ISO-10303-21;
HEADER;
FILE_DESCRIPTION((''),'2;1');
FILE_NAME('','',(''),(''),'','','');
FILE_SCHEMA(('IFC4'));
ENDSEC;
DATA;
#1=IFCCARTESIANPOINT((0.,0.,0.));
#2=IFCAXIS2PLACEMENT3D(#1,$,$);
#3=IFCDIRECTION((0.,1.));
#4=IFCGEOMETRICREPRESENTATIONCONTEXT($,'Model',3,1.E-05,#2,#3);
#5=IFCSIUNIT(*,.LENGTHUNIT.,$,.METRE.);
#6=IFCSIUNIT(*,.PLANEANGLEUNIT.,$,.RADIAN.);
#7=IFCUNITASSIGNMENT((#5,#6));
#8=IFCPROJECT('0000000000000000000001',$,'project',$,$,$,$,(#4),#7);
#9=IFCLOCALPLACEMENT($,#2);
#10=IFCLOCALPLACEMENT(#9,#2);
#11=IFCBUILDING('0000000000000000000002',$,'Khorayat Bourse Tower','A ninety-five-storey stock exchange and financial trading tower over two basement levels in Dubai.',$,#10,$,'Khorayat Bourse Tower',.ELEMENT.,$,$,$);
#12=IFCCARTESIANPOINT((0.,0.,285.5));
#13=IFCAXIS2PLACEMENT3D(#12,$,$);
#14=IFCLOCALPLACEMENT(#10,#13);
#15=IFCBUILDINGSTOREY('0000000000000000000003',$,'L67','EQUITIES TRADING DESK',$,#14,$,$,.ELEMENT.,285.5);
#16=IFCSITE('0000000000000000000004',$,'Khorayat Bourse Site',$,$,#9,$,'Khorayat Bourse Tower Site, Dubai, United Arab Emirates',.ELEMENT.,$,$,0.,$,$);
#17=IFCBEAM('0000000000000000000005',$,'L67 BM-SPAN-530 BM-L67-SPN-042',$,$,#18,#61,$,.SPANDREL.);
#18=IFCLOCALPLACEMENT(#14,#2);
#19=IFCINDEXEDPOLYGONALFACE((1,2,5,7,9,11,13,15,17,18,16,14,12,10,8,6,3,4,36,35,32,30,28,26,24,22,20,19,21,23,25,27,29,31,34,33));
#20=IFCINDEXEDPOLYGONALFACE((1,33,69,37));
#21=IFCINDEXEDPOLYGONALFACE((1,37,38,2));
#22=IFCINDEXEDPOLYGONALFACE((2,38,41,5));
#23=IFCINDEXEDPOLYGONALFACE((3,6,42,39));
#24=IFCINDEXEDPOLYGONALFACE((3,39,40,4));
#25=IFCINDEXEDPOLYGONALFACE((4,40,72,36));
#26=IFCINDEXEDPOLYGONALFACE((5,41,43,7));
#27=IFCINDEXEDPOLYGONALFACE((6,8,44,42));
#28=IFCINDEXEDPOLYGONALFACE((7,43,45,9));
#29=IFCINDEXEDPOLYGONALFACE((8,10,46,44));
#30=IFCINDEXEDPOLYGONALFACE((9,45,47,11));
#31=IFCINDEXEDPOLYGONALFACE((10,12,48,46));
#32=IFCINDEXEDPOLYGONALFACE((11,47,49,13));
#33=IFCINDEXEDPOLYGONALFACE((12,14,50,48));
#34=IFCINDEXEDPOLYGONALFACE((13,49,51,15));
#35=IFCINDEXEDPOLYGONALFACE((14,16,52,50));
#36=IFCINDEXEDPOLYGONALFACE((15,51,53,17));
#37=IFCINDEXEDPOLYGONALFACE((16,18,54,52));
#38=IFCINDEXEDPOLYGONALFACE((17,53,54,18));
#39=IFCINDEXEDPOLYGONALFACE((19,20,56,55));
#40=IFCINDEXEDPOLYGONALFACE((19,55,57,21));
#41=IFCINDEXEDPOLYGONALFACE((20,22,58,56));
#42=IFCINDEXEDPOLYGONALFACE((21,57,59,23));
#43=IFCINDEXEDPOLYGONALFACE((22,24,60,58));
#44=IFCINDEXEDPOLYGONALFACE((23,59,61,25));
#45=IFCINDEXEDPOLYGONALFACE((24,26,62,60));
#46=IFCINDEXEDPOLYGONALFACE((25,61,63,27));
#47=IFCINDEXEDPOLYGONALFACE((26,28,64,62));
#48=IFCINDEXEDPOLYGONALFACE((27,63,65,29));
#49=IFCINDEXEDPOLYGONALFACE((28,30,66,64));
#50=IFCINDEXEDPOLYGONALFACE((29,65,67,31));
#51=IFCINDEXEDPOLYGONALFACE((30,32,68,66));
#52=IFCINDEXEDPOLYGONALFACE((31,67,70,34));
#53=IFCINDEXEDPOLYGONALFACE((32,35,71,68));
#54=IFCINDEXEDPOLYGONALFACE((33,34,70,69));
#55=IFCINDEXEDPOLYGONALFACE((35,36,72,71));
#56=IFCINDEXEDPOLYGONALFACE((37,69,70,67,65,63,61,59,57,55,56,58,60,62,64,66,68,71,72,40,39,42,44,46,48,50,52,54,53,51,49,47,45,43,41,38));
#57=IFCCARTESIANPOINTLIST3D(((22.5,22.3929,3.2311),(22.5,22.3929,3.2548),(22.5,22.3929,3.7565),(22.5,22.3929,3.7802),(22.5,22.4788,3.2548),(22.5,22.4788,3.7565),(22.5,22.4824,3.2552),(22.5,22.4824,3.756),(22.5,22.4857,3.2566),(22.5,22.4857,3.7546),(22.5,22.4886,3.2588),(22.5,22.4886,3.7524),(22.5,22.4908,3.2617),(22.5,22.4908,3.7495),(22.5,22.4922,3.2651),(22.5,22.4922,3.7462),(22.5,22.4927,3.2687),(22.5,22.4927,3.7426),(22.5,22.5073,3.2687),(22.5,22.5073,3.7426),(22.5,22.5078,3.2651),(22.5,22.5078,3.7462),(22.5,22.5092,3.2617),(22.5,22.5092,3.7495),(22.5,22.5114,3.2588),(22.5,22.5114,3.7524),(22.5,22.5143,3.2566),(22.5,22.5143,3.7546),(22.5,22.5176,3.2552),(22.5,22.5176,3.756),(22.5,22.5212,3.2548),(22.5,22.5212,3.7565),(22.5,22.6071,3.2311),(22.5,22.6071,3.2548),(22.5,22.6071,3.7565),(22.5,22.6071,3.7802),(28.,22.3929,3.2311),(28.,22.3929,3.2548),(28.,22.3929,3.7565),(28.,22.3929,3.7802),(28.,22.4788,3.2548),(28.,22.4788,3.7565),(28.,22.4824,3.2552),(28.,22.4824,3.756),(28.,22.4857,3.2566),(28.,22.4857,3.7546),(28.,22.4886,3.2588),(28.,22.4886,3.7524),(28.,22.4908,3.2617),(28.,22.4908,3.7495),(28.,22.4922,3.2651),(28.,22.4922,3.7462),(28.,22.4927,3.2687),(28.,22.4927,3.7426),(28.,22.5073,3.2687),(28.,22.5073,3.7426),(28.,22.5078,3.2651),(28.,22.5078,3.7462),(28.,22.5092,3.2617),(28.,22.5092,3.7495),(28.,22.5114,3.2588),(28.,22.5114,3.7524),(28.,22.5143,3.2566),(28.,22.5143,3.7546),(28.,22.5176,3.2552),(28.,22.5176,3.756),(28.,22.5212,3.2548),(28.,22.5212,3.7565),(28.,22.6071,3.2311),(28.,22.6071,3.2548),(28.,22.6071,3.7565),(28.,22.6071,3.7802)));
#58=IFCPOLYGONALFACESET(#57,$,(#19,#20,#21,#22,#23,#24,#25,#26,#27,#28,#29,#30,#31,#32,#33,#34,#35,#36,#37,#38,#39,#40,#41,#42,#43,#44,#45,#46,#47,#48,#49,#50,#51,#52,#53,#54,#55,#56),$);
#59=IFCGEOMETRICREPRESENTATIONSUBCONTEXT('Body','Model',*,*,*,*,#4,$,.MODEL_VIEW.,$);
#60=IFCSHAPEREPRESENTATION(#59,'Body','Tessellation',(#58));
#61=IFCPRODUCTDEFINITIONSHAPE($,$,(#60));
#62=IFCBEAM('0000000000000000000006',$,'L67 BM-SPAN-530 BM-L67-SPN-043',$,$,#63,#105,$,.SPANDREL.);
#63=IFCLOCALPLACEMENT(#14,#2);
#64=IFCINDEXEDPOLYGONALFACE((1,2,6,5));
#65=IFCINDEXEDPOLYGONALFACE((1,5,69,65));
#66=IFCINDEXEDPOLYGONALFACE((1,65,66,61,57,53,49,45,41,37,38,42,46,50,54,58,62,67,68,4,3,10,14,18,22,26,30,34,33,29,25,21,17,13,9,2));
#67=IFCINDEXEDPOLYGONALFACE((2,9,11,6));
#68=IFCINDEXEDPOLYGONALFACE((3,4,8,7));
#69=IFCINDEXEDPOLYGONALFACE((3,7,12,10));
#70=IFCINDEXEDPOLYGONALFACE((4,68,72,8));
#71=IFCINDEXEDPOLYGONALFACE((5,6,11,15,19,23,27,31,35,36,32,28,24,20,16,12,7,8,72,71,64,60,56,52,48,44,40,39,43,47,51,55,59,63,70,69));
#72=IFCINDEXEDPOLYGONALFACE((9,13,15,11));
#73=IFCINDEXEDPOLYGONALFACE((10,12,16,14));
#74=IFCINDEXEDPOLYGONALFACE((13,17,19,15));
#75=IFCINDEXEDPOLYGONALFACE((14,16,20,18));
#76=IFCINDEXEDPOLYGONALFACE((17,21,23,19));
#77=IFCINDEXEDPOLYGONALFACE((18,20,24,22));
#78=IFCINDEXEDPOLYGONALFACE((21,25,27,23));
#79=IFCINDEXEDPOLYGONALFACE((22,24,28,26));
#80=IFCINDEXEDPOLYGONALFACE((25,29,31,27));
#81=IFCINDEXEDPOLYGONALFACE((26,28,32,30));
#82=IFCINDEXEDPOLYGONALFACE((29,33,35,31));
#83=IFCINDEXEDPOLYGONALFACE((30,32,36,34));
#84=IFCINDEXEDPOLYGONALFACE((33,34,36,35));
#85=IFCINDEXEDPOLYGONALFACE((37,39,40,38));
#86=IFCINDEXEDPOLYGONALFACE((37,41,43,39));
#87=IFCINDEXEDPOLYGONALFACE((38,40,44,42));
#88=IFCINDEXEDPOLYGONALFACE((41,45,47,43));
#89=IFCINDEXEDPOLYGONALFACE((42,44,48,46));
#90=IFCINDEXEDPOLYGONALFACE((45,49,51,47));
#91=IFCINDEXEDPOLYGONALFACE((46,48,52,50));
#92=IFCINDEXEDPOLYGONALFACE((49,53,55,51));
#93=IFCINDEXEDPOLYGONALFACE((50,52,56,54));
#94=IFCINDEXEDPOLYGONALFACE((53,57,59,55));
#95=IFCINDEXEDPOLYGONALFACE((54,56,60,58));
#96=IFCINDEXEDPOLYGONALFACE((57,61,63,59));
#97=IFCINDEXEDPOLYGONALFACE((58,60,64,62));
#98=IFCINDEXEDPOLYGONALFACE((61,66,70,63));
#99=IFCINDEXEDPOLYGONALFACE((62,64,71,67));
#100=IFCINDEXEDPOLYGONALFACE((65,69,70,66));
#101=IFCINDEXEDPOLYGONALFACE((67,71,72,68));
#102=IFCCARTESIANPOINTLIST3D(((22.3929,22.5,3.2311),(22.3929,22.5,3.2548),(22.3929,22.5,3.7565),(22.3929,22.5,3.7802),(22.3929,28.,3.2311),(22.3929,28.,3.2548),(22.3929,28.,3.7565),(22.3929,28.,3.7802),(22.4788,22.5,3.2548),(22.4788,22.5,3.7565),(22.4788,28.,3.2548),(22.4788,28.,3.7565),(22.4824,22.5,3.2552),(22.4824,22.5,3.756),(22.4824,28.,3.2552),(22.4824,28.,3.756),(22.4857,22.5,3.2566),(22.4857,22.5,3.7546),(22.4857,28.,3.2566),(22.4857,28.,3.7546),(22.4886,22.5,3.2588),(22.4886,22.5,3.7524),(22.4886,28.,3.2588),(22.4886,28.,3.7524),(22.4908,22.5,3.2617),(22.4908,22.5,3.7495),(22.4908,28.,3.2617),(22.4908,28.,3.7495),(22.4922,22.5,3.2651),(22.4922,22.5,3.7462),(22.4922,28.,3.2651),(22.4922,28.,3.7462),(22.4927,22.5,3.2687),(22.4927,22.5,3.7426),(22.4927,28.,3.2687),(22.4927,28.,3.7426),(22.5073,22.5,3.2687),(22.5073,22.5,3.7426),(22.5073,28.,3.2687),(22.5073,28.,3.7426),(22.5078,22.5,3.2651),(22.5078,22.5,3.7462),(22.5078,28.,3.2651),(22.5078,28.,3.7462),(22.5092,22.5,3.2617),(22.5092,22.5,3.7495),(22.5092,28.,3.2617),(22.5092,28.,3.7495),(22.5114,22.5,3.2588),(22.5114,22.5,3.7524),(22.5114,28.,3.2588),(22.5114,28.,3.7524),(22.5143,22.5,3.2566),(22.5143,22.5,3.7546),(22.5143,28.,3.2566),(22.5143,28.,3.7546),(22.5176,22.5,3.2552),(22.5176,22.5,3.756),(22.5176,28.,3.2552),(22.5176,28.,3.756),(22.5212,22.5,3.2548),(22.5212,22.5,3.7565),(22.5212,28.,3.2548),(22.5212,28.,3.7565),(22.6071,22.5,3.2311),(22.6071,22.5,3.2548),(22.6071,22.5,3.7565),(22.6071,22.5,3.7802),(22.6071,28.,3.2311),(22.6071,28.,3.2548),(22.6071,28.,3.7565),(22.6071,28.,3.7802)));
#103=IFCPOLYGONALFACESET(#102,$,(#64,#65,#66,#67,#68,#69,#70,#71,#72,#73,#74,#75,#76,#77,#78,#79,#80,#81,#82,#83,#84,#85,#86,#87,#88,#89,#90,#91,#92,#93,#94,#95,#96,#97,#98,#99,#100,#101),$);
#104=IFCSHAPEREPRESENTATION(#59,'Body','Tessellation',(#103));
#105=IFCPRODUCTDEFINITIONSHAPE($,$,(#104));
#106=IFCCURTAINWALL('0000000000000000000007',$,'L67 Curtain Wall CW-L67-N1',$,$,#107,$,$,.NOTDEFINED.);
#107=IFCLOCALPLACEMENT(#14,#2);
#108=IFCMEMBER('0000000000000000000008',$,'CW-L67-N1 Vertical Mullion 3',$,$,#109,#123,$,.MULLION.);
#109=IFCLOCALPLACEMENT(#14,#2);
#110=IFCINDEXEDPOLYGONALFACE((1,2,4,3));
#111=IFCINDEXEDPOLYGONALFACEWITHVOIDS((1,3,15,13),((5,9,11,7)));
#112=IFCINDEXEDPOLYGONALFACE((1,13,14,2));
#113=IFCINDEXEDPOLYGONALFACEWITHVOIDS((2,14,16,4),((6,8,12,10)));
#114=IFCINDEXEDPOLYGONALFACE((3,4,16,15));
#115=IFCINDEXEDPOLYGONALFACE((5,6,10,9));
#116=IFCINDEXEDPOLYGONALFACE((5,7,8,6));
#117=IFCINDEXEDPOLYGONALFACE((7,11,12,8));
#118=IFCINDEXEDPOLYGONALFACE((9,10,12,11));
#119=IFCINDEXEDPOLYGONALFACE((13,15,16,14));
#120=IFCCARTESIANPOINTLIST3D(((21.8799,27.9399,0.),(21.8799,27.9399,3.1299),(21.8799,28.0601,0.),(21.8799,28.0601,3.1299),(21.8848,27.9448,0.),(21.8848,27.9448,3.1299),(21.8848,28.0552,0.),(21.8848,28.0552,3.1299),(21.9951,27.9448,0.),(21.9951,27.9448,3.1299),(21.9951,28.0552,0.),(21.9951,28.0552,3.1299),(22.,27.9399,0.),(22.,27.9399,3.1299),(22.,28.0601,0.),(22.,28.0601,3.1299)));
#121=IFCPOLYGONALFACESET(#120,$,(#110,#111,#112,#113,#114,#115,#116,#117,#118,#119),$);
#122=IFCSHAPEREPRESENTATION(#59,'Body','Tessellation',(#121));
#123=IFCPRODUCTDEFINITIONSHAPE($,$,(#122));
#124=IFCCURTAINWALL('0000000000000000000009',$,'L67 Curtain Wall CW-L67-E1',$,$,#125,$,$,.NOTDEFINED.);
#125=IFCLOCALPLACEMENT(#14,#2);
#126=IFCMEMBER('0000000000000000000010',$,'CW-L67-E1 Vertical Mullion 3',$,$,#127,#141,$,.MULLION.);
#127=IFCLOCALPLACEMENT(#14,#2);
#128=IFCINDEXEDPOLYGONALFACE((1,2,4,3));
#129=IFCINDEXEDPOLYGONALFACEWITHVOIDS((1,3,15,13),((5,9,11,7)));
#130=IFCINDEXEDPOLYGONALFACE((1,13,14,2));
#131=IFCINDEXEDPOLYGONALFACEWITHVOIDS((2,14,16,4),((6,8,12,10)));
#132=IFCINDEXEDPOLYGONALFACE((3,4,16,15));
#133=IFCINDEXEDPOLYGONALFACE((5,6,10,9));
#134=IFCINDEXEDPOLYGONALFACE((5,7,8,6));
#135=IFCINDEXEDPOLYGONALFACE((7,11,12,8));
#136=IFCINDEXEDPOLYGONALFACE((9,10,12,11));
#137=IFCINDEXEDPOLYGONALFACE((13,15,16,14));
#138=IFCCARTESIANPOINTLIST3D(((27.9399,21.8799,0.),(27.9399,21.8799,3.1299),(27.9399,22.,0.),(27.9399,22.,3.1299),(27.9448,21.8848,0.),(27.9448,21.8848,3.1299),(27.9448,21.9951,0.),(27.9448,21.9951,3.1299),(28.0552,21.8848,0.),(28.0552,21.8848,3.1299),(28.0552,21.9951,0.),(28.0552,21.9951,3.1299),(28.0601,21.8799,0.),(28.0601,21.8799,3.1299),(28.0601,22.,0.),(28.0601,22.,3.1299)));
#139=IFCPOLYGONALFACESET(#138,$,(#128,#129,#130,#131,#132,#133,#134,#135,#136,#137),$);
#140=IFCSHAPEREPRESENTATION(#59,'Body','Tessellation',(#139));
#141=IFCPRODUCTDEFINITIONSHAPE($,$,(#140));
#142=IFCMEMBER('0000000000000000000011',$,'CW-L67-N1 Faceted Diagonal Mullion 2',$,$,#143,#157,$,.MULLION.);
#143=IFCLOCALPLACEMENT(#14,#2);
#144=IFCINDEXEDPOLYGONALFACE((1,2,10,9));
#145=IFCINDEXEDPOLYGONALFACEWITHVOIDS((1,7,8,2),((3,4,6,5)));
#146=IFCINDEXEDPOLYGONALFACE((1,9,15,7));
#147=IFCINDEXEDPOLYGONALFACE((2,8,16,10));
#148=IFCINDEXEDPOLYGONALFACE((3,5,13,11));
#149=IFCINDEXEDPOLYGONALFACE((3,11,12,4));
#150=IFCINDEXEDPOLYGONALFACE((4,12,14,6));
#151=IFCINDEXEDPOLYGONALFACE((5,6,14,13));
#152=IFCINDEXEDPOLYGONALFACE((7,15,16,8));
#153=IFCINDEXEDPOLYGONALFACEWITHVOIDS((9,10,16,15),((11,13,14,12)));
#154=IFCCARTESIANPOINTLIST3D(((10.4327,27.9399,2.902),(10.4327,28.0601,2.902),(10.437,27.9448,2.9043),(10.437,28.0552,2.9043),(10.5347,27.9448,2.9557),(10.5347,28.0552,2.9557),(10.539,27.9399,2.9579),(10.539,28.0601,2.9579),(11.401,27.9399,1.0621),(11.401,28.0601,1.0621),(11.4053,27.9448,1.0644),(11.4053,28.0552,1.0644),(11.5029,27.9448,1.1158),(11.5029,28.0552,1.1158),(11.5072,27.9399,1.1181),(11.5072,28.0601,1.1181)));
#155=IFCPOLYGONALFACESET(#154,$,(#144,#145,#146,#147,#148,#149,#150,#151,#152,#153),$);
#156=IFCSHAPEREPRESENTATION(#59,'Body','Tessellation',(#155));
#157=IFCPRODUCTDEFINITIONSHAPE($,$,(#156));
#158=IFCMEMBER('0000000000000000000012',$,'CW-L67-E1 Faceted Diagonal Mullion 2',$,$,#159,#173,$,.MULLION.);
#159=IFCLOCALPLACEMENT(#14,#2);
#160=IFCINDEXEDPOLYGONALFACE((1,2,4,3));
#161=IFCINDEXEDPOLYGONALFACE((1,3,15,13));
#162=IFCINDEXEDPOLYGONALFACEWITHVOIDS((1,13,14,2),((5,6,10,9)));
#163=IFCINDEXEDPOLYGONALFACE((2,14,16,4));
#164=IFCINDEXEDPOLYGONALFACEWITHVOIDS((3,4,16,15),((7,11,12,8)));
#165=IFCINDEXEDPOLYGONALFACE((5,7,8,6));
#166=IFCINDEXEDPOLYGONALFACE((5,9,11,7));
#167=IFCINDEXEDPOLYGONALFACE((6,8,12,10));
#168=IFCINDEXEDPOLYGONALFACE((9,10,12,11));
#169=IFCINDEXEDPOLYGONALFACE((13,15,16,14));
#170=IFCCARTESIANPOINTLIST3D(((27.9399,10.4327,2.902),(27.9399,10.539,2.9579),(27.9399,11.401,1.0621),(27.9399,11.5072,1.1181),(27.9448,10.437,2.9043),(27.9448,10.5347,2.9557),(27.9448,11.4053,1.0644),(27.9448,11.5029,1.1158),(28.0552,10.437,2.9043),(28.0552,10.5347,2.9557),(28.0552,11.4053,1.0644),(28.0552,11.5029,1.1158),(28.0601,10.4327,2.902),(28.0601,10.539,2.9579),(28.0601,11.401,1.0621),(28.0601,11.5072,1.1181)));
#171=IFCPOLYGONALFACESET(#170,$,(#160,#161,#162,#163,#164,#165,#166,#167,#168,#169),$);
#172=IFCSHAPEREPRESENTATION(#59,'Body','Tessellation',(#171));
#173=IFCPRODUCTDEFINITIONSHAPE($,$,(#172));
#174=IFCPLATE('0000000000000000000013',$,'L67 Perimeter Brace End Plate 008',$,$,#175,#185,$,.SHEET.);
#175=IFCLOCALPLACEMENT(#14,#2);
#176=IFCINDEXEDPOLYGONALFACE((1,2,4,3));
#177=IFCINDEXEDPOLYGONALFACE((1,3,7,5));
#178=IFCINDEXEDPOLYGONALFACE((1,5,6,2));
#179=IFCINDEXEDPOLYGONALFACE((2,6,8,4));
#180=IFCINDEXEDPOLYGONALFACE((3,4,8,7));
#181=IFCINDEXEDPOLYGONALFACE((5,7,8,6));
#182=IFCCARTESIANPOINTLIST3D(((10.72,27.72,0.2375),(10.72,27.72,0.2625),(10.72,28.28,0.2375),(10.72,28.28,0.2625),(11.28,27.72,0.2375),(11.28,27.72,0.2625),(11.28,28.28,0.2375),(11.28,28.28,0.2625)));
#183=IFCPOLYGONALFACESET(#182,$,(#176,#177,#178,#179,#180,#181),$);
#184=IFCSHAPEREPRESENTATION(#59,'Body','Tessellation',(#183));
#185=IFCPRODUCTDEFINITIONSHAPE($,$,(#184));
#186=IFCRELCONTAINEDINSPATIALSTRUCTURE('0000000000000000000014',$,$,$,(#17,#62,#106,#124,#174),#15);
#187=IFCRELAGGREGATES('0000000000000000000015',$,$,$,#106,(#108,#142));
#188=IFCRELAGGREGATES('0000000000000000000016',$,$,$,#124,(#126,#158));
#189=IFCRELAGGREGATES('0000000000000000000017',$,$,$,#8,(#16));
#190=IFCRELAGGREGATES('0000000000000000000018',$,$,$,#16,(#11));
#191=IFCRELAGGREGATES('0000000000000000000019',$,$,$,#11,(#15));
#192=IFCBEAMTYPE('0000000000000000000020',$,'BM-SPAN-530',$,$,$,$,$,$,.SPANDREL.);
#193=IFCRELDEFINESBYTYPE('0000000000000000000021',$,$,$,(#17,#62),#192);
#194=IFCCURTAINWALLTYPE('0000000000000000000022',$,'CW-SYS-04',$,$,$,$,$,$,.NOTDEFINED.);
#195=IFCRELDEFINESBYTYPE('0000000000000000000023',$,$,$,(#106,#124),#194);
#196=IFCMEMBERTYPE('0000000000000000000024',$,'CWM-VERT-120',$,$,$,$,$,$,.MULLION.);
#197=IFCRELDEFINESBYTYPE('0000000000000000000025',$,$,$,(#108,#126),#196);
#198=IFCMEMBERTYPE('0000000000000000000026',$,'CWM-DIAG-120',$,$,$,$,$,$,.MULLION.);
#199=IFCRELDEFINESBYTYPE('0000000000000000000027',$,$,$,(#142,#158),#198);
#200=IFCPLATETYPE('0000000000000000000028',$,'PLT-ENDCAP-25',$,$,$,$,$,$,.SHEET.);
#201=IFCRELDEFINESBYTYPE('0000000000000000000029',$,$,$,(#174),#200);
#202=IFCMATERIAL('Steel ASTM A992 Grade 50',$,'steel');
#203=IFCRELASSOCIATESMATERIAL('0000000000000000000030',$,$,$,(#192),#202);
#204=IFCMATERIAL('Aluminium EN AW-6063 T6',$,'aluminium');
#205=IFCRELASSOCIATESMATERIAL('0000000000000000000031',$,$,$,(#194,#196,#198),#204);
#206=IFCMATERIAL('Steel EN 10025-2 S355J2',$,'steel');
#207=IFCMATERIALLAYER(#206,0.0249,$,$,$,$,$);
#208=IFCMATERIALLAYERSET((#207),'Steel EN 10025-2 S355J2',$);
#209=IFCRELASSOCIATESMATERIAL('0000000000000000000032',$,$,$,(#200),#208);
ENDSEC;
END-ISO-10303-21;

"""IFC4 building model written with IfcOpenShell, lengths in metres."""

from ifc_helpers import new_model, si_unit, direction, frame, origin, origin_2d, place, context, subcontext, project, spatial, rectangle, hollow_rectangle, i_section, extrude, source, transform, mapped, material, layer, layer_set, material_profile, profile_set, type_object, element, aggregate, save


model = new_model("IFC4")

# Units and contexts
model_context = context("Model", 3, precision=1e-05, world=origin(), true_north=direction((0.0, 1.0)))
body_context = subcontext(model_context, "Body", "Model", "MODEL_VIEW")
ifc_project = project(units=[si_unit("LENGTHUNIT", "METRE"), si_unit("PLANEANGLEUNIT", "RADIAN")], contexts=[model_context])

# Site, building, storey
site_placement = place(None, origin())
site = spatial("IfcSite", under=ifc_project, at=site_placement, Name="Khorayat Bourse Site", LongName="Khorayat Bourse Tower Site, Dubai, United Arab Emirates", CompositionType="ELEMENT", RefElevation=0.0)
building_placement = place(site_placement, origin())
building = spatial("IfcBuilding", under=site, at=building_placement, Name="Khorayat Bourse Tower", Description="A ninety-five-storey stock exchange and financial trading tower over two basement levels in Dubai.", LongName="Khorayat Bourse Tower", CompositionType="ELEMENT")
storey_placement = place(building_placement, frame((0.0, 0.0, 285.5)))
storey = spatial("IfcBuildingStorey", under=building, at=storey_placement, Name="L67", Description="EQUITIES TRADING DESK", CompositionType="ELEMENT", Elevation=285.5)

# Beams
ifc_material_1 = material(Name="Steel ASTM A992 Grade 50", Category="steel")
ifc_material_profile_1 = material_profile(ifc_material_1, i_section(OverallWidth=0.2141, OverallDepth=0.5491, WebThickness=0.0146, FlangeThickness=0.0237, FilletRadius=0.0139, at=origin_2d()), Name="W530X138")
ifc_profile_set_1 = profile_set([ifc_material_profile_1], Name="Steel ASTM A992 Grade 50")
beam_type_1 = type_object("IfcBeamType", Name="BM-SPAN-530", PredefinedType="SPANDREL", material=ifc_profile_set_1)
shared_shape_1 = source(origin(), body_context, "Body", "SweptSolid", [
    extrude(i_section(OverallWidth=0.2141, OverallDepth=0.5491, WebThickness=0.0146, FlangeThickness=0.0237, FilletRadius=0.0139, at=origin_2d()), origin(), (0.0, 0.0, 1.0), 5.5),
])
for number, where, z_axis, x_axis, name in (
    (1, (22.5, 22.5, 3.5056), (1.0, 0.0, 0.0), (0.0, 1.0, 0.0), "L67 BM-SPAN-530 BM-L67-SPN-042"),
    (2, (22.5, 22.5, 3.5056), (0.0, 1.0, 0.0), (-1.0, 0.0, 0.0), "L67 BM-SPAN-530 BM-L67-SPN-043"),
):
    element("IfcBeam", number, at=place(storey_placement, frame(where, z_axis=z_axis, x_axis=x_axis)), inside=storey, type_object=beam_type_1, Name=name, PredefinedType="SPANDREL", context=body_context, shape_type="MappedRepresentation", body=[
        mapped(shared_shape_1, transform((0.0, 0.0, 0.0), scale=1.0)),
    ])

# Curtain walls, members
ifc_material_2 = material(Name="Aluminium EN AW-6063 T6", Category="aluminium")
curtain_wall_type = type_object("IfcCurtainWallType", Name="CW-SYS-04", PredefinedType="NOTDEFINED", material=ifc_material_2)
curtain_wall_1_placement = place(storey_placement, origin())
curtain_wall_1 = element("IfcCurtainWall", 3, at=curtain_wall_1_placement, inside=storey, type_object=curtain_wall_type, Name="L67 Curtain Wall CW-L67-N1", PredefinedType="NOTDEFINED")
ifc_material_profile_2 = material_profile(ifc_material_2, hollow_rectangle(XDim=0.1201, YDim=0.1201, WallThickness=0.0049, at=origin_2d()), Name="ALU 120x120x5")
ifc_profile_set_2 = profile_set([ifc_material_profile_2], Name="Aluminium EN AW-6063 T6")
member_type_1 = type_object("IfcMemberType", Name="CWM-VERT-120", PredefinedType="MULLION", material=ifc_profile_set_2)
shared_shape_2 = source(origin(), body_context, "Body", "SweptSolid", [
    extrude(hollow_rectangle(XDim=0.1201, YDim=0.1201, WallThickness=0.0049, at=origin_2d()), origin(), (0.0, 0.0, 1.0), 3.1299),
])
member_1_placement = place(storey_placement, frame((21.9399, 28.0, 0.0), z_axis=(0.0, 0.0, 1.0), x_axis=(0.0, 1.0, 0.0)))
member_1 = element("IfcMember", 4, at=member_1_placement, type_object=member_type_1, Name="CW-L67-N1 Vertical Mullion 3", PredefinedType="MULLION", context=body_context, shape_type="MappedRepresentation", body=[
    mapped(shared_shape_2, transform((0.0, 0.0, 0.0), scale=1.0)),
])
curtain_wall_2_placement = place(storey_placement, origin())
curtain_wall_2 = element("IfcCurtainWall", 5, at=curtain_wall_2_placement, inside=storey, type_object=curtain_wall_type, Name="L67 Curtain Wall CW-L67-E1", PredefinedType="NOTDEFINED")
member_2_placement = place(storey_placement, frame((28.0, 21.9399, 0.0), z_axis=(0.0, 0.0, 1.0), x_axis=(-1.0, 0.0, 0.0)))
member_2 = element("IfcMember", 6, at=member_2_placement, type_object=member_type_1, Name="CW-L67-E1 Vertical Mullion 3", PredefinedType="MULLION", context=body_context, shape_type="MappedRepresentation", body=[
    mapped(shared_shape_2, transform((0.0, 0.0, 0.0), scale=1.0)),
])

# Members
ifc_material_profile_3 = material_profile(ifc_material_2, hollow_rectangle(XDim=0.1201, YDim=0.1201, WallThickness=0.0049, at=origin_2d()), Name="ALU 120x120x5")
ifc_profile_set_3 = profile_set([ifc_material_profile_3], Name="Aluminium EN AW-6063 T6")
member_type_2 = type_object("IfcMemberType", Name="CWM-DIAG-120", PredefinedType="MULLION", material=ifc_profile_set_3)
shared_shape_3 = source(origin(), body_context, "Body", "SweptSolid", [
    extrude(hollow_rectangle(XDim=0.1201, YDim=0.1201, WallThickness=0.0049, at=origin_2d()), origin(), (0.0, 0.0, 1.0), 2.0791),
])
member_3_placement = place(storey_placement, frame((11.4541, 28.0, 1.0901), z_axis=(-0.465717, 0.0, 0.884934), x_axis=(0.0, -1.0, 0.0)))
member_3 = element("IfcMember", 7, at=member_3_placement, type_object=member_type_2, Name="CW-L67-N1 Faceted Diagonal Mullion 2", PredefinedType="MULLION", context=body_context, shape_type="MappedRepresentation", body=[
    mapped(shared_shape_3, transform((0.0, 0.0, 0.0), scale=1.0)),
])
aggregate(curtain_wall_1, [member_1, member_3])
member_4_placement = place(storey_placement, frame((28.0, 11.4541, 1.0901), z_axis=(0.0, -0.465717, 0.884934), x_axis=(1.0, 0.0, 0.0)))
member_4 = element("IfcMember", 8, at=member_4_placement, type_object=member_type_2, Name="CW-L67-E1 Faceted Diagonal Mullion 2", PredefinedType="MULLION", context=body_context, shape_type="MappedRepresentation", body=[
    mapped(shared_shape_3, transform((0.0, 0.0, 0.0), scale=1.0)),
])
aggregate(curtain_wall_2, [member_2, member_4])

# Plate
ifc_material_3 = material(Name="Steel EN 10025-2 S355J2", Category="steel")
ifc_layer_1 = layer(ifc_material_3, 0.0249)
ifc_layer_set_1 = layer_set([ifc_layer_1], Name="Steel EN 10025-2 S355J2")
plate_type = type_object("IfcPlateType", Name="PLT-ENDCAP-25", PredefinedType="SHEET", material=ifc_layer_set_1)
shared_shape_4 = source(origin(), body_context, "Body", "SweptSolid", [
    extrude(rectangle(XDim=0.5601, YDim=0.5601, at=origin_2d()), origin(), (0.0, 0.0, 1.0), 0.0249),
])
for number, where, z_axis, x_axis, name in (
    (9, (11.0, 28.0, 0.2375), (0.0, 0.0, 1.0), (1.0, 0.0, 0.0), "L67 Perimeter Brace End Plate 008"),
):
    element("IfcPlate", number, at=place(storey_placement, frame(where, z_axis=z_axis, x_axis=x_axis)), inside=storey, type_object=plate_type, Name=name, PredefinedType="SHEET", context=body_context, shape_type="MappedRepresentation", body=[
        mapped(shared_shape_4, transform((0.0, 0.0, 0.0), scale=1.0)),
    ])

save(model, "model.ifc")
